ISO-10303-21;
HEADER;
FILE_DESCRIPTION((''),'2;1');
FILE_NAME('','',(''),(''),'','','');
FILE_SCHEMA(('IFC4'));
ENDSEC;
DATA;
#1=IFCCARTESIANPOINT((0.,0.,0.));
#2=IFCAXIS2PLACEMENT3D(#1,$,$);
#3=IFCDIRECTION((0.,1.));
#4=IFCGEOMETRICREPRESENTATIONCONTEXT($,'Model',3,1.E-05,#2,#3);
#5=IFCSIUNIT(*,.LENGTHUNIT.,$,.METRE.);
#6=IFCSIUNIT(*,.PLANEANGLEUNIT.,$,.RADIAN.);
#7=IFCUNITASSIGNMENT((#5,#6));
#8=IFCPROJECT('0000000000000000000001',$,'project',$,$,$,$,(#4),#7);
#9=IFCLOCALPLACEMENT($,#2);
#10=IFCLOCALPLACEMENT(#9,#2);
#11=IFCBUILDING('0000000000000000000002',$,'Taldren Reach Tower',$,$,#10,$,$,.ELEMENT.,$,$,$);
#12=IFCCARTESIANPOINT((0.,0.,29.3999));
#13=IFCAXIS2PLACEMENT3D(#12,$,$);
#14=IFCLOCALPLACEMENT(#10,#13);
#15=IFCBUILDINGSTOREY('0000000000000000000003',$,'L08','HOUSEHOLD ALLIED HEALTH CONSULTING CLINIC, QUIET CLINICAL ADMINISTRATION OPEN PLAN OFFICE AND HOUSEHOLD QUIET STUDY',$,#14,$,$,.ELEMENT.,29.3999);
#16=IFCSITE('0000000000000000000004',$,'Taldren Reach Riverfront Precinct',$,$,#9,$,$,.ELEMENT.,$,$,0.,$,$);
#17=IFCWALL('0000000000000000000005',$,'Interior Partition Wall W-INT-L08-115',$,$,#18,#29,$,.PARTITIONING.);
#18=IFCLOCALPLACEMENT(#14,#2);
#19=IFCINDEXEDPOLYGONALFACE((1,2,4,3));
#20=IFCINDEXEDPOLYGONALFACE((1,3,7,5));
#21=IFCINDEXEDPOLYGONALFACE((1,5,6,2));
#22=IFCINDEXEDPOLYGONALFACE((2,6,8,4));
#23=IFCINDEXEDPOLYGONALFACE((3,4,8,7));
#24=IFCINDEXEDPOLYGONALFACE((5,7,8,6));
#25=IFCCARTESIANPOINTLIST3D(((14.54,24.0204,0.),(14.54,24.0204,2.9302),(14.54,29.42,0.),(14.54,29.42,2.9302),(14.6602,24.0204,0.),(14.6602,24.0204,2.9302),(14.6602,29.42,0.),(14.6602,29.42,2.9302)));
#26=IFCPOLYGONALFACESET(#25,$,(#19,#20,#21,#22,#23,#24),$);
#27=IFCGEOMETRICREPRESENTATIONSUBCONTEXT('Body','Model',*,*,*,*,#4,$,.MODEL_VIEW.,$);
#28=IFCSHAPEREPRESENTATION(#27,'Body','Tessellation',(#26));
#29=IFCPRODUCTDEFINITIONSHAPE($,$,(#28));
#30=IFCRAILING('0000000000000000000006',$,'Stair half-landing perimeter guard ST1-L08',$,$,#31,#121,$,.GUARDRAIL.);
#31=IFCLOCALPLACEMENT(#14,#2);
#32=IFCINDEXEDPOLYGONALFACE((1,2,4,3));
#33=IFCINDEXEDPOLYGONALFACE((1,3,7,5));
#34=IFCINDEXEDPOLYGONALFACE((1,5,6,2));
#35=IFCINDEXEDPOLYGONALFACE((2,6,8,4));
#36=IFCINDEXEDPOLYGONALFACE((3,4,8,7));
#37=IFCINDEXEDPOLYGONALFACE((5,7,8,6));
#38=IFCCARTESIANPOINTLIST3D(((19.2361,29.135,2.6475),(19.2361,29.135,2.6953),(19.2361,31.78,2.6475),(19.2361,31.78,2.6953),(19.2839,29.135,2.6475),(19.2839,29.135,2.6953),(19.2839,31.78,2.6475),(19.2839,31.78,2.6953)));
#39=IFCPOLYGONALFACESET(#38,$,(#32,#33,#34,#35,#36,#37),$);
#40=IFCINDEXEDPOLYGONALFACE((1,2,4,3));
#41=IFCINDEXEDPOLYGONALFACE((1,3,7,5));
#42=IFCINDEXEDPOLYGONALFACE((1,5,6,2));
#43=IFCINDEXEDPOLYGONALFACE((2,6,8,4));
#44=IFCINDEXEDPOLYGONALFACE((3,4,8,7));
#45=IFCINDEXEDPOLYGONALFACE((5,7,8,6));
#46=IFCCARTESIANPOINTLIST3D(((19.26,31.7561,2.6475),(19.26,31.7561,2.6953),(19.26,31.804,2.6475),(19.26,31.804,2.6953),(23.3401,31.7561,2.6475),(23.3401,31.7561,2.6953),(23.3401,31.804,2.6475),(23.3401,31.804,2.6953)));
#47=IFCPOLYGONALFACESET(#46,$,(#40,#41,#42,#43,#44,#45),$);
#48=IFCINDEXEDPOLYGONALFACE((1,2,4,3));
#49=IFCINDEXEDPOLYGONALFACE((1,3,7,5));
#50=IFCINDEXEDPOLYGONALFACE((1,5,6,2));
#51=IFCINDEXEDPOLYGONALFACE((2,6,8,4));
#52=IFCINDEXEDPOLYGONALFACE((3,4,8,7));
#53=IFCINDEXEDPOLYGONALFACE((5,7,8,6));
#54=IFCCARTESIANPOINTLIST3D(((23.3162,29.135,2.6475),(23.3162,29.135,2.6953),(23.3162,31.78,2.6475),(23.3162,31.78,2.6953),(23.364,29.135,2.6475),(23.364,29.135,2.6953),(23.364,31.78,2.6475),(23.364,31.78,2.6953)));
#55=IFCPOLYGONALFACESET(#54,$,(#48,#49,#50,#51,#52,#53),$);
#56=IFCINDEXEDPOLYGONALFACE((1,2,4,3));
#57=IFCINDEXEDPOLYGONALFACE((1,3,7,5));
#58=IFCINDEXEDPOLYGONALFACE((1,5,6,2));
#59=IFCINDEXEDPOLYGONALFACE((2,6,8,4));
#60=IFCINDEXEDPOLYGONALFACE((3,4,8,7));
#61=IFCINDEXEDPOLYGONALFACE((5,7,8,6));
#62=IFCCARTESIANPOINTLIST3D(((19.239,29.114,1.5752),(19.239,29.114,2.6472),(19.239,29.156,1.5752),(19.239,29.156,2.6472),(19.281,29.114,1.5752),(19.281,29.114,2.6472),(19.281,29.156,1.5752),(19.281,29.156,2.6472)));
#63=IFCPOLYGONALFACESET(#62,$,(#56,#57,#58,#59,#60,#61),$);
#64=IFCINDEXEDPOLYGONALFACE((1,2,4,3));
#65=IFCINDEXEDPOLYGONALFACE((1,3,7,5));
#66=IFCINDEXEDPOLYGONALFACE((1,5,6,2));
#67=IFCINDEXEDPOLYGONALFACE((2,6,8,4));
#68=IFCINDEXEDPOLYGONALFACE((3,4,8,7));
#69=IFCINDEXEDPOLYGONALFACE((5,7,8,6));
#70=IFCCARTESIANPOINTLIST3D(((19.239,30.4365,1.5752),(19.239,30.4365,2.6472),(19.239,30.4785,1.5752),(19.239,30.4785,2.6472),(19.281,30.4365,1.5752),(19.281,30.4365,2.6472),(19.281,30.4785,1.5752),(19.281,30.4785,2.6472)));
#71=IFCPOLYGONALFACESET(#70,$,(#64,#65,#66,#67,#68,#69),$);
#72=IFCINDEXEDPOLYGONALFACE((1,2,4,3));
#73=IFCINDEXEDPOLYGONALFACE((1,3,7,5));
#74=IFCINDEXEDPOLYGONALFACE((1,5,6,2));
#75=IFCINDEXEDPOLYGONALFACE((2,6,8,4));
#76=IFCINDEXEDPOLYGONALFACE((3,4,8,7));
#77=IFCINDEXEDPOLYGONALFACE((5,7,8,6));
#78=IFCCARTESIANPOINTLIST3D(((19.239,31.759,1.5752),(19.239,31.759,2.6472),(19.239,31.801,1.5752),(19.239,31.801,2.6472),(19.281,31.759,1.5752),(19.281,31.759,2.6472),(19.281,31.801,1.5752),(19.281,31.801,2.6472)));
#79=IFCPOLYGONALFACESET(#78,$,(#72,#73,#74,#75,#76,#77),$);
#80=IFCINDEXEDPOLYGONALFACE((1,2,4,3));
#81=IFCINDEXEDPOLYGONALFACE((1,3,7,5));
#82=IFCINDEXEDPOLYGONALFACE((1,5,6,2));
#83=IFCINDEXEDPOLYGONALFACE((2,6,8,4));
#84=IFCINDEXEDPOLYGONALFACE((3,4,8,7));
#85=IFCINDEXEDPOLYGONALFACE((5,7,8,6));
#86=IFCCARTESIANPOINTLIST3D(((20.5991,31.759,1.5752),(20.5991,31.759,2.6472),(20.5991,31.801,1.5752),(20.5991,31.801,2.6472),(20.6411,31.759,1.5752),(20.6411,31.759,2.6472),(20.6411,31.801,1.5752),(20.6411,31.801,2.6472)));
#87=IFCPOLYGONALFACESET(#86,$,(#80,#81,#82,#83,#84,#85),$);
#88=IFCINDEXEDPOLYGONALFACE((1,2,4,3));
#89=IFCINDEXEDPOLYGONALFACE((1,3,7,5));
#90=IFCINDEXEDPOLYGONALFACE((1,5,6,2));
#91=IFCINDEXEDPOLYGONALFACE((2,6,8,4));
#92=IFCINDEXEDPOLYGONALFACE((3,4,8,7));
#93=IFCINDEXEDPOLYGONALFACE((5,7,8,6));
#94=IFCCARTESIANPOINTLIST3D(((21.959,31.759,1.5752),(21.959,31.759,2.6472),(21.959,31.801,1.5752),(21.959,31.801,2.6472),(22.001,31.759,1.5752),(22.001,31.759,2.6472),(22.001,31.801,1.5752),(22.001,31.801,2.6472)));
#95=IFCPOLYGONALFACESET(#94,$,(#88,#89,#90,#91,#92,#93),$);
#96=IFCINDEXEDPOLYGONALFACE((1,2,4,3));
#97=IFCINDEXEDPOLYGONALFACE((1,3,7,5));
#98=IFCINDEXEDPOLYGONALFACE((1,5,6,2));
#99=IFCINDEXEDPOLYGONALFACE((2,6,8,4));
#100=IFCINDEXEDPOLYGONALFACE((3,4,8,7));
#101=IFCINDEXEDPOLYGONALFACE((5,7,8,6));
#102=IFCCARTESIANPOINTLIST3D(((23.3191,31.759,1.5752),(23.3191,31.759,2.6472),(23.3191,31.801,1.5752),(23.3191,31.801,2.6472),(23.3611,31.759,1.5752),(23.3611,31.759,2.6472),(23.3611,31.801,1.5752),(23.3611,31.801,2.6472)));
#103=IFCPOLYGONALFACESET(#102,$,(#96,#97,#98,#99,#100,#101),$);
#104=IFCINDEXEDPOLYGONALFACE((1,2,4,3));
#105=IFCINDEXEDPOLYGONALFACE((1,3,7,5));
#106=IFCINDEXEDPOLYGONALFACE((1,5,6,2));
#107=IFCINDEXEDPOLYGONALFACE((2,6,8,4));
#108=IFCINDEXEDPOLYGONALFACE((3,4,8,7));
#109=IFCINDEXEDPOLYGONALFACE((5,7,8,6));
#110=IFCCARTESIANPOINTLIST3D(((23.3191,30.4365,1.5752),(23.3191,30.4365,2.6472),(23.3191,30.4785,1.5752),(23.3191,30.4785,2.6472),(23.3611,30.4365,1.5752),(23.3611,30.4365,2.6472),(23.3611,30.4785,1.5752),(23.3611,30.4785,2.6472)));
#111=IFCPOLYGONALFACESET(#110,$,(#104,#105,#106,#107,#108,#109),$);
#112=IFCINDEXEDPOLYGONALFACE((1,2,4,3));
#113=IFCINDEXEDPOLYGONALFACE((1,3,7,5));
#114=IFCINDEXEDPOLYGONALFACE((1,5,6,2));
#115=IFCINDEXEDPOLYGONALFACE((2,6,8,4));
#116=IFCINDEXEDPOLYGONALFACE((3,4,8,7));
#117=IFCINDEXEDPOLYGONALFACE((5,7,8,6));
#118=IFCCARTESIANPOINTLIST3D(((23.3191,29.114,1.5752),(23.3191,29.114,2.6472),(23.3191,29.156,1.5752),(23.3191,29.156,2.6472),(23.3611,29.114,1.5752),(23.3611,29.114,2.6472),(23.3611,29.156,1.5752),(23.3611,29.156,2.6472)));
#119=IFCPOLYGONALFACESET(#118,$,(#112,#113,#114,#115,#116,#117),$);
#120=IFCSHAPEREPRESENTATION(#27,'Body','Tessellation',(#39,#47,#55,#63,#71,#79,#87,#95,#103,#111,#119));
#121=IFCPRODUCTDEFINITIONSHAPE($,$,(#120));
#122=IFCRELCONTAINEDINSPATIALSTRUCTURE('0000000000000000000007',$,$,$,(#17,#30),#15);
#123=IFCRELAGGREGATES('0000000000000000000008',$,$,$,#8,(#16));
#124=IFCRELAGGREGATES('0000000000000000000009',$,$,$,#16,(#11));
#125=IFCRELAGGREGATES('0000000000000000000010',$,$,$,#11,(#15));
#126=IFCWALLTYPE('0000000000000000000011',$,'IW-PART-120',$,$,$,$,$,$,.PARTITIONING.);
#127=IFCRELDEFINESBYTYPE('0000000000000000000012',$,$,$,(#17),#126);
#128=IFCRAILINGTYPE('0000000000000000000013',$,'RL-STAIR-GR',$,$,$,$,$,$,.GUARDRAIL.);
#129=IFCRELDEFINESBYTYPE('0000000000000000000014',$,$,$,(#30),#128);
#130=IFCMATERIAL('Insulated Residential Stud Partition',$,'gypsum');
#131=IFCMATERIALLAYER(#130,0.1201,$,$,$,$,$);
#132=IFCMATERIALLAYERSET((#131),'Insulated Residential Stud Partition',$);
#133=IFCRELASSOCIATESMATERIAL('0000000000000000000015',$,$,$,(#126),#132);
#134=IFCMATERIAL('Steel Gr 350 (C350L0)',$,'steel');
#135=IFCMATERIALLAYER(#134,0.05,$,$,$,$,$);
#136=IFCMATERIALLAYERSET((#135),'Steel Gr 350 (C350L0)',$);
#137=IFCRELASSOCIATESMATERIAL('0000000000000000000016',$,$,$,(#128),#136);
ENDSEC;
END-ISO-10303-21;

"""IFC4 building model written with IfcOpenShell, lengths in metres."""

from ifc_helpers import new_model, si_unit, direction, frame, frame_2d, origin, origin_2d, place, context, subcontext, project, spatial, rectangle, extrude, source, transform, mapped, material, layer, layer_set, type_object, element, save


model = new_model("IFC4")

# Units and contexts
model_context = context("Model", 3, precision=1e-05, world=origin(), true_north=direction((0.0, 1.0)))
body_context = subcontext(model_context, "Body", "Model", "MODEL_VIEW")
ifc_project = project(units=[si_unit("LENGTHUNIT", "METRE"), si_unit("PLANEANGLEUNIT", "RADIAN")], contexts=[model_context])

# Site, building, storey
site_placement = place(None, origin())
site = spatial("IfcSite", under=ifc_project, at=site_placement, Name="Taldren Reach Riverfront Precinct", CompositionType="ELEMENT", RefElevation=0.0)
building_placement = place(site_placement, origin())
building = spatial("IfcBuilding", under=site, at=building_placement, Name="Taldren Reach Tower", CompositionType="ELEMENT")
storey_placement = place(building_placement, frame((0.0, 0.0, 29.3999)))
storey = spatial("IfcBuildingStorey", under=building, at=storey_placement, Name="L08", Description="HOUSEHOLD ALLIED HEALTH CONSULTING CLINIC, QUIET CLINICAL ADMINISTRATION OPEN PLAN OFFICE AND HOUSEHOLD QUIET STUDY", CompositionType="ELEMENT", Elevation=29.3999)

# Shared definitions
ifc_material_1 = material(Name="Steel Gr 350 (C350L0)", Category="steel")

# Shared definitions
ifc_material_2 = material(Name="Insulated Residential Stud Partition", Category="gypsum")
ifc_layer_1 = layer(ifc_material_2, 0.1201)
ifc_layer_set_1 = layer_set([ifc_layer_1], Name="Insulated Residential Stud Partition")
wall_type_1 = type_object("IfcWallType", Name="IW-PART-120", PredefinedType="PARTITIONING", material=ifc_layer_set_1)

# Wall
shared_shape_1 = source(origin(), body_context, "Body", "SweptSolid", [
    extrude(rectangle(XDim=5.3997, YDim=0.1201, at=frame_2d((2.6997, 0.0))), origin(), (0.0, 0.0, 1.0), 2.9302),
])
wall_1_placement = place(storey_placement, frame((14.6001, 29.4199, 0.0), z_axis=(0.0, 0.0, 1.0), x_axis=(0.0, -1.0, 0.0)))
element("IfcWall", 1, at=wall_1_placement, inside=storey, type_object=wall_type_1, Name="Interior Partition Wall W-INT-L08-115", PredefinedType="PARTITIONING", context=body_context, shape_type="MappedRepresentation", body=[
    mapped(shared_shape_1, transform((0.0, 0.0, 0.0), scale=1.0)),
])

# Railing
ifc_layer_2 = layer(ifc_material_1, 0.05)
ifc_layer_set_2 = layer_set([ifc_layer_2], Name="Steel Gr 350 (C350L0)")
railing_type = type_object("IfcRailingType", Name="RL-STAIR-GR", PredefinedType="GUARDRAIL", material=ifc_layer_set_2)
railing_1_placement = place(storey_placement, frame((19.26, 29.135, 1.5752)))
element("IfcRailing", 2, at=railing_1_placement, inside=storey, type_object=railing_type, Name="Stair half-landing perimeter guard ST1-L08", PredefinedType="GUARDRAIL", context=body_context, shape_type="SweptSolid", body=[
    extrude(rectangle(XDim=0.0479, YDim=0.0479, at=origin_2d()), frame((0.0, 0.0, 1.0962), z_axis=(0.0, 1.0, 0.0), x_axis=(-1.0, 0.0, 0.0)), (0.0, 0.0, 1.0), 2.645),
    extrude(rectangle(XDim=0.0479, YDim=0.0479, at=origin_2d()), frame((0.0, 2.645, 1.0962), z_axis=(1.0, 0.0, 0.0), x_axis=(0.0, 1.0, 0.0)), (0.0, 0.0, 1.0), 4.0801),
    extrude(rectangle(XDim=0.0479, YDim=0.0479, at=origin_2d()), frame((4.0801, 2.645, 1.0962), z_axis=(0.0, -1.0, 0.0), x_axis=(1.0, 0.0, 0.0)), (0.0, 0.0, 1.0), 2.645),
    extrude(rectangle(XDim=0.042, YDim=0.042, at=origin_2d()), origin(), (0.0, 0.0, 1.0), 1.072),
    extrude(rectangle(XDim=0.042, YDim=0.042, at=origin_2d()), frame((0.0, 1.3225, 0.0)), (0.0, 0.0, 1.0), 1.072),
    extrude(rectangle(XDim=0.042, YDim=0.042, at=origin_2d()), frame((0.0, 2.645, 0.0)), (0.0, 0.0, 1.0), 1.072),
    extrude(rectangle(XDim=0.042, YDim=0.042, at=origin_2d()), frame((1.3601, 2.645, 0.0)), (0.0, 0.0, 1.0), 1.072),
    extrude(rectangle(XDim=0.042, YDim=0.042, at=origin_2d()), frame((2.72, 2.645, 0.0)), (0.0, 0.0, 1.0), 1.072),
    extrude(rectangle(XDim=0.042, YDim=0.042, at=origin_2d()), frame((4.0801, 2.645, 0.0)), (0.0, 0.0, 1.0), 1.072),
    extrude(rectangle(XDim=0.042, YDim=0.042, at=origin_2d()), frame((4.0801, 1.3225, 0.0)), (0.0, 0.0, 1.0), 1.072),
    extrude(rectangle(XDim=0.042, YDim=0.042, at=origin_2d()), frame((4.0801, 0.0, 0.0)), (0.0, 0.0, 1.0), 1.072),
])

save(model, "model.ifc")
